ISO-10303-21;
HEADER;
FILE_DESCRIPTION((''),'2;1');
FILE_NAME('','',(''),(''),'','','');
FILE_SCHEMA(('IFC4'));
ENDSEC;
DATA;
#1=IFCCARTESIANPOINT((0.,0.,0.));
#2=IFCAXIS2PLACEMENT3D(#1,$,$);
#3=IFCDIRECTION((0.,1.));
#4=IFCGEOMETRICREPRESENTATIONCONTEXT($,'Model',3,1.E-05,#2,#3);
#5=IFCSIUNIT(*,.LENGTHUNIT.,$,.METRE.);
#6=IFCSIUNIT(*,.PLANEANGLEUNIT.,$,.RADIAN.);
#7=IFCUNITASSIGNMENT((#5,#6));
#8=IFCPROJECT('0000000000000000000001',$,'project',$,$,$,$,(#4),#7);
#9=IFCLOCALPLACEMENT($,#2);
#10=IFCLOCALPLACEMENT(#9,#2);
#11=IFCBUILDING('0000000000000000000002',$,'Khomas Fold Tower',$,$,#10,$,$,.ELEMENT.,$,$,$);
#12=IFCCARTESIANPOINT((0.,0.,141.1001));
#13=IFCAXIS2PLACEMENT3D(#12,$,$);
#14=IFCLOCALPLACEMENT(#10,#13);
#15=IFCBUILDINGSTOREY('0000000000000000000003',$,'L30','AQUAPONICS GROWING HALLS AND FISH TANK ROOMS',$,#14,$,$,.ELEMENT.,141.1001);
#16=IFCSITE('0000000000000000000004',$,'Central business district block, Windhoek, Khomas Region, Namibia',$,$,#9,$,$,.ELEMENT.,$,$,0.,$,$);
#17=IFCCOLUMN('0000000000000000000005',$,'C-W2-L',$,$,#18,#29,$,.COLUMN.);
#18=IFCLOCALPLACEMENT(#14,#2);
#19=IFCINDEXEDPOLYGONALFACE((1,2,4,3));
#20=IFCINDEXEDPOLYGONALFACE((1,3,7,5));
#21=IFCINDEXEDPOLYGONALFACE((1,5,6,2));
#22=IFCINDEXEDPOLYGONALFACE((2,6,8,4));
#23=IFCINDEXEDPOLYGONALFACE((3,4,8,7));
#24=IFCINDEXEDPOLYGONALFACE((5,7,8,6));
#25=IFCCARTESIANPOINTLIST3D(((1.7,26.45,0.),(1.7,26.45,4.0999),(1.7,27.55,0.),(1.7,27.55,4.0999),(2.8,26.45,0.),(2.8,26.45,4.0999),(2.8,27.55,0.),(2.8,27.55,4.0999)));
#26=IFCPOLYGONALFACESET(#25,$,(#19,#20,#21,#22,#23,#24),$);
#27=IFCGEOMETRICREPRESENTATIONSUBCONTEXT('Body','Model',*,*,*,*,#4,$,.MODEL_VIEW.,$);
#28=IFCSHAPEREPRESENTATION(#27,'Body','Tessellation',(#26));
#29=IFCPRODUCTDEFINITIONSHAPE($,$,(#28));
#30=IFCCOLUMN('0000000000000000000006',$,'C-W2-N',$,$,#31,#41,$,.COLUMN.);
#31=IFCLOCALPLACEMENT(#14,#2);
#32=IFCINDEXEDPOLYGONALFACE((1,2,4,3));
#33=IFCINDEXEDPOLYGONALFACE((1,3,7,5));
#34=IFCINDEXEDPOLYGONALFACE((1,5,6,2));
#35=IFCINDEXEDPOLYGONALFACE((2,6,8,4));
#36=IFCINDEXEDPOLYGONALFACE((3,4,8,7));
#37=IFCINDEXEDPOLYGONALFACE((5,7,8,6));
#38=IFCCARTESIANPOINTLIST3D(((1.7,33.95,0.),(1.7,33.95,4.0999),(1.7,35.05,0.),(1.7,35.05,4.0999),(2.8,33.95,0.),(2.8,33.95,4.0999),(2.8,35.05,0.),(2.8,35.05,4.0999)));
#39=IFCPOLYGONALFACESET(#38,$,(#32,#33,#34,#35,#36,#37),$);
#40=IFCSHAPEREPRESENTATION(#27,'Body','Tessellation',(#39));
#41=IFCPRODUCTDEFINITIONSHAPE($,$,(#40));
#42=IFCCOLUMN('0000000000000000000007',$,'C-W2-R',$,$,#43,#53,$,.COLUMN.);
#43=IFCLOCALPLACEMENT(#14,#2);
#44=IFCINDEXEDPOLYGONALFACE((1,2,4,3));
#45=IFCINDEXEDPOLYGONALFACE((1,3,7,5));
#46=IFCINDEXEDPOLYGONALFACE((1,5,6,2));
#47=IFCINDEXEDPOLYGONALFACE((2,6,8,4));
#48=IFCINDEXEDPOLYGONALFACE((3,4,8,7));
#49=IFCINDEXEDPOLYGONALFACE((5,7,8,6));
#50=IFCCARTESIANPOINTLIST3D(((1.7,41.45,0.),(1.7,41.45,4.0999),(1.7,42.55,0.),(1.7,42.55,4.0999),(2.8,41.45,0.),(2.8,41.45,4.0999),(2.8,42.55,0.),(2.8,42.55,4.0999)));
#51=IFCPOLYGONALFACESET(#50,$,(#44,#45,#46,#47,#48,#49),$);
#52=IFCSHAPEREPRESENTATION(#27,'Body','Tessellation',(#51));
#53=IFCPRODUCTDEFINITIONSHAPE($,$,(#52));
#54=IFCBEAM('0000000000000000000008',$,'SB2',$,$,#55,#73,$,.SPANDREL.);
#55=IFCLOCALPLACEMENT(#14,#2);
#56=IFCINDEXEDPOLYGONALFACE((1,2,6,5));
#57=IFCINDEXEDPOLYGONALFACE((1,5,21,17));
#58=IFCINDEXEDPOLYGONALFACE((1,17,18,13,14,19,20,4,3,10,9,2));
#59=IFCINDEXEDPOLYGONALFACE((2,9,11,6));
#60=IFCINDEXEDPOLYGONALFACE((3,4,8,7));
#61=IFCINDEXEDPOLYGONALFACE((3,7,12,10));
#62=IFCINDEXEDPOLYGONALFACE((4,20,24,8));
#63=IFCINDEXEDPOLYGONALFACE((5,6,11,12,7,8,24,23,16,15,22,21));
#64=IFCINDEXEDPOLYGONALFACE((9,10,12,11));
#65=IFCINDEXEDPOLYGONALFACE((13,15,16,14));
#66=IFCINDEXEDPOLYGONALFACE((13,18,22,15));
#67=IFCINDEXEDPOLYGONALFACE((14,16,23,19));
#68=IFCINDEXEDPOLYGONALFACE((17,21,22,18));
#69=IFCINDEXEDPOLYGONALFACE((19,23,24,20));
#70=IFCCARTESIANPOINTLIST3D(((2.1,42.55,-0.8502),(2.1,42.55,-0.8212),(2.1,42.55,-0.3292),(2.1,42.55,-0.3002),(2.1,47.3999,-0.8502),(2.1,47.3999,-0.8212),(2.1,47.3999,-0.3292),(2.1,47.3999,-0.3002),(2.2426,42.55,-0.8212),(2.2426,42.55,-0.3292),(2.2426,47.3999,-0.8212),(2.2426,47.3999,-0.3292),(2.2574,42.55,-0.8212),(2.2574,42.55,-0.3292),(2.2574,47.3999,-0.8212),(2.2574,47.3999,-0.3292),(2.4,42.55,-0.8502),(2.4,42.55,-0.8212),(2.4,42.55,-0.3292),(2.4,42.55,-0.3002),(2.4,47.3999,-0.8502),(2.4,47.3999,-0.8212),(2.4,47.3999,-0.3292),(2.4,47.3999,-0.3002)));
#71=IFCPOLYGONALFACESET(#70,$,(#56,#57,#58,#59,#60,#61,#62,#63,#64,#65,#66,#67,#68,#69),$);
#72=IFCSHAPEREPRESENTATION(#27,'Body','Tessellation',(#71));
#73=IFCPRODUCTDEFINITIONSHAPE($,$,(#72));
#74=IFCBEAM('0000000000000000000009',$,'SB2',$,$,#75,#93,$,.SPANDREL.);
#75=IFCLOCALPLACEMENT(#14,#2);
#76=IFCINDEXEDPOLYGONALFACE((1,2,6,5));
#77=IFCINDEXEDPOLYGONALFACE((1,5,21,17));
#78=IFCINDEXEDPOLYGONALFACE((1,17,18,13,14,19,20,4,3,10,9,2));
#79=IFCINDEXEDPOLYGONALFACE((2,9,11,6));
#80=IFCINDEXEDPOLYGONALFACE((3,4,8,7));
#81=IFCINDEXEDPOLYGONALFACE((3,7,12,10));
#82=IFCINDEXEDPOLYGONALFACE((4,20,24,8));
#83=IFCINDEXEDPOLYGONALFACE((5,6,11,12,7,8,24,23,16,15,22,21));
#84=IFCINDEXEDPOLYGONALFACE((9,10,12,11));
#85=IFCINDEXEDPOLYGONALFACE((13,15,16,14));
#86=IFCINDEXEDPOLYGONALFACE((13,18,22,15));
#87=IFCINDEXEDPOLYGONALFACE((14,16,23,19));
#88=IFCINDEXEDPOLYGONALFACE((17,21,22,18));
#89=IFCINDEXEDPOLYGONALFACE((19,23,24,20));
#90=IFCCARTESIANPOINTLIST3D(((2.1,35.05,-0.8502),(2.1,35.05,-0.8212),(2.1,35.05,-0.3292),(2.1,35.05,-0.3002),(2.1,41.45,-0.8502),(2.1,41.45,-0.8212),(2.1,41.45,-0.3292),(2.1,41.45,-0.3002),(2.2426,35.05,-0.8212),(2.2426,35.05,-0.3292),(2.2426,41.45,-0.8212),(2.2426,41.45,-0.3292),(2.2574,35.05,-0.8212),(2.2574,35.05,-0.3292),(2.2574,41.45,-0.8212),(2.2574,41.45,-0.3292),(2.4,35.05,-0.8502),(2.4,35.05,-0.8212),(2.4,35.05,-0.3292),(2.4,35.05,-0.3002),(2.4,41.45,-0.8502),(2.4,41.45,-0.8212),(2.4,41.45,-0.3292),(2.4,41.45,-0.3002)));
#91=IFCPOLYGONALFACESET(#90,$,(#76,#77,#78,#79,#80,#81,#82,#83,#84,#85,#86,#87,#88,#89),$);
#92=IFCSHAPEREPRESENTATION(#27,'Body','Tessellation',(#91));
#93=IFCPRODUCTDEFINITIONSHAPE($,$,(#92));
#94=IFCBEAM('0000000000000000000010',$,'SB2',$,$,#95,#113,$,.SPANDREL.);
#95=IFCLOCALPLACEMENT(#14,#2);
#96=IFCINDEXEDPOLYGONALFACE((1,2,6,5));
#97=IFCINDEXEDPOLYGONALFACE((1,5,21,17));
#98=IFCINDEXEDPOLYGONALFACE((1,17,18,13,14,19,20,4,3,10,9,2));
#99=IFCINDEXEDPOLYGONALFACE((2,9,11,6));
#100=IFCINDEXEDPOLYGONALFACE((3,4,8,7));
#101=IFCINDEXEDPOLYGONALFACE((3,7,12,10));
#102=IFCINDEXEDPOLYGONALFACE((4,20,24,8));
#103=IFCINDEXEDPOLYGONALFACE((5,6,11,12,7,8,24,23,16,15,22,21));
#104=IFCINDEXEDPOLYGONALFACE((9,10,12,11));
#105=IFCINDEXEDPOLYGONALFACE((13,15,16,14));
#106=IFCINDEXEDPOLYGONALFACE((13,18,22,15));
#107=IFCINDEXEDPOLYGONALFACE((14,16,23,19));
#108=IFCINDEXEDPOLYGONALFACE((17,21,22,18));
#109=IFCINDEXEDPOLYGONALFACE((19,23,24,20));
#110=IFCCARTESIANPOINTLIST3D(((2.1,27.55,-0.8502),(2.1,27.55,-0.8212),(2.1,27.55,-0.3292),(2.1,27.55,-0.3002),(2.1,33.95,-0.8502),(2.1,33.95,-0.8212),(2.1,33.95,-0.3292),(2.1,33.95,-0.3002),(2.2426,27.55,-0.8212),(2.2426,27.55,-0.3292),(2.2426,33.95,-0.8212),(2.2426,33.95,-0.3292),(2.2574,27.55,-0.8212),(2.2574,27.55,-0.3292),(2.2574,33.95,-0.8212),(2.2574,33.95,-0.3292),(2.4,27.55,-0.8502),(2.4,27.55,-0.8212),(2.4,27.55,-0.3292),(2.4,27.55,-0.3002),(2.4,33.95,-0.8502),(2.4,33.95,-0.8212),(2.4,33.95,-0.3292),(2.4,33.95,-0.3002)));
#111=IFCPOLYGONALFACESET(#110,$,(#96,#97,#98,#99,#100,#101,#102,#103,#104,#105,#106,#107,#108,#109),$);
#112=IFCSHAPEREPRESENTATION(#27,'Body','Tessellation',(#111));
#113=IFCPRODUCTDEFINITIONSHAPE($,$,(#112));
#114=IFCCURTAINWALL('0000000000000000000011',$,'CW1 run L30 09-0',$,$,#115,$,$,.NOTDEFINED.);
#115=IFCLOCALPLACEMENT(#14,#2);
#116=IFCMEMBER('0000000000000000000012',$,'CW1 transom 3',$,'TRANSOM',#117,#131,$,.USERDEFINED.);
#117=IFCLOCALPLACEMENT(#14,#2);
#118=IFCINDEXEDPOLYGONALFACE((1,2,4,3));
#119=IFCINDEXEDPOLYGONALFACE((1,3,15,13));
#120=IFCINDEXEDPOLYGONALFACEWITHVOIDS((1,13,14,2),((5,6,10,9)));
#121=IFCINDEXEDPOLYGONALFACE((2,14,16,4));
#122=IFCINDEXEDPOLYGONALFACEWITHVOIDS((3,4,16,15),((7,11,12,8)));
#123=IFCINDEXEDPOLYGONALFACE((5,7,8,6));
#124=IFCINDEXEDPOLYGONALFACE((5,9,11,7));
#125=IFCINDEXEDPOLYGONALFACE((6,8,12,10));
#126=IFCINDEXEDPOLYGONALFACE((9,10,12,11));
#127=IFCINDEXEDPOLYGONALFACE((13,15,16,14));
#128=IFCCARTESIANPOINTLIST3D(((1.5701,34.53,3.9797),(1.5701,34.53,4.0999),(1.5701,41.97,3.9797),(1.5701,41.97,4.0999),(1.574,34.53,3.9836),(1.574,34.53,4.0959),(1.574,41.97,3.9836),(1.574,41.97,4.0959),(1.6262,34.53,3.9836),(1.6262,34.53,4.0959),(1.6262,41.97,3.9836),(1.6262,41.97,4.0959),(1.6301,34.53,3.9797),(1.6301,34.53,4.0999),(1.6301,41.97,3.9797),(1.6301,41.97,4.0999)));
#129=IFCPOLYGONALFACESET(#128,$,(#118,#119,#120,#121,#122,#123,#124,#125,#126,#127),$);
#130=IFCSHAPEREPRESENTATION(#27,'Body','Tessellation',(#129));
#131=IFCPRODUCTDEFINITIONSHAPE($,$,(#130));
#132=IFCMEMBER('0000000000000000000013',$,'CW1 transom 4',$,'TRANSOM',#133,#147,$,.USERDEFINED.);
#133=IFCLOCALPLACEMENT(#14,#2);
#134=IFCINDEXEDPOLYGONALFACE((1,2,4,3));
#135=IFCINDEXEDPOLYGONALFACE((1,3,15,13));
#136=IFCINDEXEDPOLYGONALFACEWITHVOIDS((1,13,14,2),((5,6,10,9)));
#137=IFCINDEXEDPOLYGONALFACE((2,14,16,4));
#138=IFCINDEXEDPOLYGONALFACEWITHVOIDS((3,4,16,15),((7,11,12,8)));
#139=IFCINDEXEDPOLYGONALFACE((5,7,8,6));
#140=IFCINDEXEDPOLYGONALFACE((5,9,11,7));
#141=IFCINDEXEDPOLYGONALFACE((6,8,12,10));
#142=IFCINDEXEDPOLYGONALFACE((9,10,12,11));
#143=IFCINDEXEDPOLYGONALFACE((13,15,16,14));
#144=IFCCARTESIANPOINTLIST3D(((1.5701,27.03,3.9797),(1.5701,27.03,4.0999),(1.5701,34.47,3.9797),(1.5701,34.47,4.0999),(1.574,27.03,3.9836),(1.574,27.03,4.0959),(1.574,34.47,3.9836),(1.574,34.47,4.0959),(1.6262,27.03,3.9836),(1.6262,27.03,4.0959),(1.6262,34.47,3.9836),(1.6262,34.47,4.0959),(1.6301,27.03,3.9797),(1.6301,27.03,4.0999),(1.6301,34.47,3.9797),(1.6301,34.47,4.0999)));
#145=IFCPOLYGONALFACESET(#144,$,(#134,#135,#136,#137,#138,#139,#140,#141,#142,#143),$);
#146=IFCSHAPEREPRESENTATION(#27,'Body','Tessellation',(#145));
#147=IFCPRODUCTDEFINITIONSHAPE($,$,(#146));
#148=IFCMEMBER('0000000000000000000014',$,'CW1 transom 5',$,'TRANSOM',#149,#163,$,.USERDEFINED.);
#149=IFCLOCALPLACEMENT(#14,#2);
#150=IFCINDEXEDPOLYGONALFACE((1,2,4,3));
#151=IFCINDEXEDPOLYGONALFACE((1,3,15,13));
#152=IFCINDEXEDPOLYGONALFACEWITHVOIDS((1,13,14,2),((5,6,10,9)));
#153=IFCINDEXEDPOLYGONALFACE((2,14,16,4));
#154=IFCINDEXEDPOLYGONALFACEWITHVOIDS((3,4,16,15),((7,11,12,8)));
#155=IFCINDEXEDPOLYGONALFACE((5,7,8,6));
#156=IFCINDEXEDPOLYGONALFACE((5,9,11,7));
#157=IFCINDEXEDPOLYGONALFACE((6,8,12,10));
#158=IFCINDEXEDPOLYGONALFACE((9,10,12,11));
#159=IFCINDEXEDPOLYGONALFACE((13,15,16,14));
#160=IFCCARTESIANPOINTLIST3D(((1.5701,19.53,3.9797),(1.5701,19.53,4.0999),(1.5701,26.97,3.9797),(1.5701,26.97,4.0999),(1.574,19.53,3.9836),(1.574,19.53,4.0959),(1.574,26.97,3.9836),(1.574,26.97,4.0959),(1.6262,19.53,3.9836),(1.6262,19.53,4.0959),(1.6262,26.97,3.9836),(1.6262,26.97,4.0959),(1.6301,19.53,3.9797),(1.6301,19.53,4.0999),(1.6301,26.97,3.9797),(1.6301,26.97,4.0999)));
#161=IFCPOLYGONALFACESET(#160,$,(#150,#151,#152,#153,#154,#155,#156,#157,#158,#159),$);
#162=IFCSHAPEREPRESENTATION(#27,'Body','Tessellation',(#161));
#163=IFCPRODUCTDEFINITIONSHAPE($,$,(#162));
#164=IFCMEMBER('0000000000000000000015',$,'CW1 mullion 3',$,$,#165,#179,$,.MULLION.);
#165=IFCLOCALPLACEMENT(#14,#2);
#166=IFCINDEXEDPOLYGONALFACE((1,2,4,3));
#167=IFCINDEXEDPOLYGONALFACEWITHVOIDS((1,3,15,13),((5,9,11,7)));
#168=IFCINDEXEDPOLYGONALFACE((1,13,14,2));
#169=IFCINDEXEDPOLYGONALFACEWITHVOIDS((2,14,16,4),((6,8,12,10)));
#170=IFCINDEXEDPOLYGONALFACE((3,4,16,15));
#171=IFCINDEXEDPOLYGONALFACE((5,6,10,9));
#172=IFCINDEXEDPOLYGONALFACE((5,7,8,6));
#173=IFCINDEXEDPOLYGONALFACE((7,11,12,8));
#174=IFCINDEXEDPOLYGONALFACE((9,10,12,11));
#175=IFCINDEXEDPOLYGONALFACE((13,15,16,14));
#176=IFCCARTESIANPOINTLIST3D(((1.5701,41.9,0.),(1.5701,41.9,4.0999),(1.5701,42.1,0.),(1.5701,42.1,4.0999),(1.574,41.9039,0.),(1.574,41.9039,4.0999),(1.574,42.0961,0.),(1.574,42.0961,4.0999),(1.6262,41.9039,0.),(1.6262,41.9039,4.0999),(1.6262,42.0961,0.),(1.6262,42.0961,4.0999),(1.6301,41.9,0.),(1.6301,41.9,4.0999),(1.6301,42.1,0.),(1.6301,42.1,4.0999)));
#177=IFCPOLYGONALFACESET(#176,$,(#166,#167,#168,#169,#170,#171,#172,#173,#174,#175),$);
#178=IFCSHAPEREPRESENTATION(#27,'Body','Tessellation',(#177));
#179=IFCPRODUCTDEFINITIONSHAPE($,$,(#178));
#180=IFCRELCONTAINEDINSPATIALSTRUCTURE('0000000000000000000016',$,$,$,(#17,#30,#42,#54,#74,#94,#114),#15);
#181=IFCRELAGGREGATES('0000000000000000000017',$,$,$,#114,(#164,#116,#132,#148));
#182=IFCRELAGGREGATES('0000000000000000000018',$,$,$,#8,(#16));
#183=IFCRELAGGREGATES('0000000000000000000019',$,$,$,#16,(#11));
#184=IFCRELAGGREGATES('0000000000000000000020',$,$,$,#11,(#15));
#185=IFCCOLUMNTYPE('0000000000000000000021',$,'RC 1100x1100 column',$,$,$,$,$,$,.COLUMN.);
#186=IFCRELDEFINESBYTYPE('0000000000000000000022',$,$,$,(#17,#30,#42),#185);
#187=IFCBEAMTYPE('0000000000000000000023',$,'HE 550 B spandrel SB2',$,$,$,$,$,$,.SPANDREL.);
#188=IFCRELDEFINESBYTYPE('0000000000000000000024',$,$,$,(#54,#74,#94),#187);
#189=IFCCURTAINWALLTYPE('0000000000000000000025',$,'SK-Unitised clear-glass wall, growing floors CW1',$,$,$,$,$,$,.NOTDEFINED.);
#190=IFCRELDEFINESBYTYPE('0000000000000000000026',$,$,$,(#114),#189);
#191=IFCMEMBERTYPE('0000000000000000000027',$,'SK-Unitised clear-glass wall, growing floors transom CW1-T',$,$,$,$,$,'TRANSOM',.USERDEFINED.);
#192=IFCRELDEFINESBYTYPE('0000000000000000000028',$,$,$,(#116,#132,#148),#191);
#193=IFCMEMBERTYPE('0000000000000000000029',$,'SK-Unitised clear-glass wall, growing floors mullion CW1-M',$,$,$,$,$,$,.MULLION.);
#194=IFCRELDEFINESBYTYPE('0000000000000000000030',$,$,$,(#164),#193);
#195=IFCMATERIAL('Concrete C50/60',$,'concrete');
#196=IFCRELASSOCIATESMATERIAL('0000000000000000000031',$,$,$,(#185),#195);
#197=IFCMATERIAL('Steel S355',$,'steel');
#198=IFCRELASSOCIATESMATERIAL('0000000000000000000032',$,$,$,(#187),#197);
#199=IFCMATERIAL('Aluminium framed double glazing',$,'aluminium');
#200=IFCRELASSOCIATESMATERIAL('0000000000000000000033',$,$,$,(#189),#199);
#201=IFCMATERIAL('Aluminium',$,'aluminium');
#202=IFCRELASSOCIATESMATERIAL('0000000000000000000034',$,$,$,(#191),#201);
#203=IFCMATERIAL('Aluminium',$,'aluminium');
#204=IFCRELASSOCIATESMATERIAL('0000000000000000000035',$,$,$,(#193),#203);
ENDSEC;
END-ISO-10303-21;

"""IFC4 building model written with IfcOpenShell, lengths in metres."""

from ifc_helpers import new_model, si_unit, direction, frame, origin, origin_2d, place, context, subcontext, project, spatial, rectangle, hollow_rectangle, i_section, extrude, source, transform, mapped, material, material_profile, profile_set, type_object, element, aggregate, save


model = new_model("IFC4")

# Units and contexts
model_context = context("Model", 3, precision=1e-05, world=origin(), true_north=direction((0.0, 1.0)))
body_context = subcontext(model_context, "Body", "Model", "MODEL_VIEW")
ifc_project = project(units=[si_unit("LENGTHUNIT", "METRE"), si_unit("PLANEANGLEUNIT", "RADIAN")], contexts=[model_context])

# Site, building, storey
site_placement = place(None, origin())
site = spatial("IfcSite", under=ifc_project, at=site_placement, Name="Central business district block, Windhoek, Khomas Region, Namibia", CompositionType="ELEMENT", RefElevation=0.0)
building_placement = place(site_placement, origin())
building = spatial("IfcBuilding", under=site, at=building_placement, Name="Khomas Fold Tower", CompositionType="ELEMENT")
storey_placement = place(building_placement, frame((0.0, 0.0, 141.1001)))
storey = spatial("IfcBuildingStorey", under=building, at=storey_placement, Name="L30", Description="AQUAPONICS GROWING HALLS AND FISH TANK ROOMS", CompositionType="ELEMENT", Elevation=141.1001)

# Columns
ifc_material_1 = material(Name="Concrete C50/60", Category="concrete")
ifc_material_profile_1 = material_profile(ifc_material_1, rectangle(XDim=1.1001, YDim=1.1001, at=origin_2d()), Name="RC 1100x1100")
ifc_profile_set_1 = profile_set([ifc_material_profile_1], Name="Concrete C50/60")
column_type = type_object("IfcColumnType", Name="RC 1100x1100 column", PredefinedType="COLUMN", material=ifc_profile_set_1)
shared_shape_1 = source(origin(), body_context, "Body", "SweptSolid", [
    extrude(rectangle(XDim=1.1001, YDim=1.1001, at=origin_2d()), origin(), (0.0, 0.0, 1.0), 4.0999),
])
for number, where, z_axis, x_axis, name in (
    (1, (2.25, 27.0, 0.0), (0.0, 0.0, 1.0), (1.0, 0.0, 0.0), "C-W2-L"),
    (2, (2.25, 34.5, 0.0), (0.0, 0.0, 1.0), (1.0, 0.0, 0.0), "C-W2-N"),
    (3, (2.25, 42.0, 0.0), (0.0, 0.0, 1.0), (1.0, 0.0, 0.0), "C-W2-R"),
):
    element("IfcColumn", number, at=place(storey_placement, frame(where, z_axis=z_axis, x_axis=x_axis)), inside=storey, type_object=column_type, Name=name, PredefinedType="COLUMN", context=body_context, shape_type="MappedRepresentation", body=[
        mapped(shared_shape_1, transform((0.0, 0.0, 0.0))),
    ])

# Beams
ifc_material_2 = material(Name="Steel S355", Category="steel")
ifc_material_profile_2 = material_profile(ifc_material_2, i_section(OverallWidth=0.3, OverallDepth=0.55, WebThickness=0.0149, FlangeThickness=0.0291, at=origin_2d()), Name="HE 550 B")
ifc_profile_set_2 = profile_set([ifc_material_profile_2], Name="Steel S355")
beam_type = type_object("IfcBeamType", Name="HE 550 B spandrel SB2", PredefinedType="SPANDREL", material=ifc_profile_set_2)
shared_shape_2 = source(origin(), body_context, "Body", "SweptSolid", [
    extrude(i_section(OverallWidth=0.3, OverallDepth=0.55, WebThickness=0.0149, FlangeThickness=0.0291, at=origin_2d()), origin(), (0.0, 0.0, 1.0), 4.8499),
])
beam_placement = place(storey_placement, frame((2.25, 42.55, -0.5752), z_axis=(0.0, 1.0, 0.0), x_axis=(-1.0, 0.0, 0.0)))
element("IfcBeam", 4, at=beam_placement, inside=storey, type_object=beam_type, Name="SB2", PredefinedType="SPANDREL", context=body_context, shape_type="MappedRepresentation", body=[
    mapped(shared_shape_2, transform((0.0, 0.0, 0.0))),
])
shared_shape_3 = source(origin(), body_context, "Body", "SweptSolid", [
    extrude(i_section(OverallWidth=0.3, OverallDepth=0.55, WebThickness=0.0149, FlangeThickness=0.0291, at=origin_2d()), origin(), (0.0, 0.0, 1.0), 6.3999),
])
for number, where, z_axis, x_axis, name in (
    (5, (2.25, 35.05, -0.5752), (0.0, 1.0, 0.0), (-1.0, 0.0, 0.0), "SB2"),
    (6, (2.25, 27.55, -0.5752), (0.0, 1.0, 0.0), (-1.0, 0.0, 0.0), "SB2"),
):
    element("IfcBeam", number, at=place(storey_placement, frame(where, z_axis=z_axis, x_axis=x_axis)), inside=storey, type_object=beam_type, Name=name, PredefinedType="SPANDREL", context=body_context, shape_type="MappedRepresentation", body=[
        mapped(shared_shape_3, transform((0.0, 0.0, 0.0))),
    ])

# Curtain wall, members
ifc_material_3 = material(Name="Aluminium framed double glazing", Category="aluminium")
curtain_wall_type = type_object("IfcCurtainWallType", Name="SK-Unitised clear-glass wall, growing floors CW1", PredefinedType="NOTDEFINED", material=ifc_material_3)
curtain_wall_placement = place(storey_placement, origin())
curtain_wall = element("IfcCurtainWall", 7, at=curtain_wall_placement, inside=storey, type_object=curtain_wall_type, Name="CW1 run L30 09-0", PredefinedType="NOTDEFINED")
ifc_material_4 = material(Name="Aluminium", Category="aluminium")
ifc_material_profile_3 = material_profile(ifc_material_4, hollow_rectangle(XDim=0.0601, YDim=0.1201, WallThickness=0.0039, at=origin_2d()), Name="SK-Unitised clear-glass wall, growing floors transom CW1-T")
ifc_profile_set_3 = profile_set([ifc_material_profile_3], Name="Aluminium")
member_type_1 = type_object("IfcMemberType", Name="SK-Unitised clear-glass wall, growing floors transom CW1-T", ElementType="TRANSOM", PredefinedType="USERDEFINED", material=ifc_profile_set_3)
shared_shape_4 = source(origin(), body_context, "Body", "SweptSolid", [
    extrude(hollow_rectangle(XDim=0.0601, YDim=0.1201, WallThickness=0.0039, at=origin_2d()), origin(), (0.0, 0.0, 1.0), 7.4399),
])
member_1_placement = place(storey_placement, frame((1.6001, 41.97, 4.0398), z_axis=(0.0, -1.0, 0.0), x_axis=(1.0, 0.0, 0.0)))
member_1 = element("IfcMember", 8, at=member_1_placement, type_object=member_type_1, Name="CW1 transom 3", ObjectType="TRANSOM", PredefinedType="USERDEFINED", context=body_context, shape_type="MappedRepresentation", body=[
    mapped(shared_shape_4, transform((0.0, 0.0, 0.0))),
])
member_2_placement = place(storey_placement, frame((1.6001, 34.47, 4.0398), z_axis=(0.0, -1.0, 0.0), x_axis=(1.0, 0.0, 0.0)))
member_2 = element("IfcMember", 9, at=member_2_placement, type_object=member_type_1, Name="CW1 transom 4", ObjectType="TRANSOM", PredefinedType="USERDEFINED", context=body_context, shape_type="MappedRepresentation", body=[
    mapped(shared_shape_4, transform((0.0, 0.0, 0.0))),
])
member_3_placement = place(storey_placement, frame((1.6001, 26.97, 4.0398), z_axis=(0.0, -1.0, 0.0), x_axis=(1.0, 0.0, 0.0)))
member_3 = element("IfcMember", 10, at=member_3_placement, type_object=member_type_1, Name="CW1 transom 5", ObjectType="TRANSOM", PredefinedType="USERDEFINED", context=body_context, shape_type="MappedRepresentation", body=[
    mapped(shared_shape_4, transform((0.0, 0.0, 0.0))),
])
ifc_material_5 = material(Name="Aluminium", Category="aluminium")
ifc_material_profile_4 = material_profile(ifc_material_5, hollow_rectangle(XDim=0.0601, YDim=0.2, WallThickness=0.0039, at=origin_2d()), Name="SK-Unitised clear-glass wall, growing floors mullion CW1-M")
ifc_profile_set_4 = profile_set([ifc_material_profile_4], Name="Aluminium")
member_type_2 = type_object("IfcMemberType", Name="SK-Unitised clear-glass wall, growing floors mullion CW1-M", PredefinedType="MULLION", material=ifc_profile_set_4)
shared_shape_5 = source(origin(), body_context, "Body", "SweptSolid", [
    extrude(hollow_rectangle(XDim=0.0601, YDim=0.2, WallThickness=0.0039, at=origin_2d()), origin(), (0.0, 0.0, 1.0), 4.0999),
])
member_4_placement = place(storey_placement, frame((1.6001, 42.0, 0.0), z_axis=(0.0, 0.0, 1.0), x_axis=(1.0, 0.0, 0.0)))
member_4 = element("IfcMember", 11, at=member_4_placement, type_object=member_type_2, Name="CW1 mullion 3", PredefinedType="MULLION", context=body_context, shape_type="MappedRepresentation", body=[
    mapped(shared_shape_5, transform((0.0, 0.0, 0.0))),
])

aggregate(curtain_wall, [member_4, member_1, member_2, member_3])

save(model, "model.ifc")
